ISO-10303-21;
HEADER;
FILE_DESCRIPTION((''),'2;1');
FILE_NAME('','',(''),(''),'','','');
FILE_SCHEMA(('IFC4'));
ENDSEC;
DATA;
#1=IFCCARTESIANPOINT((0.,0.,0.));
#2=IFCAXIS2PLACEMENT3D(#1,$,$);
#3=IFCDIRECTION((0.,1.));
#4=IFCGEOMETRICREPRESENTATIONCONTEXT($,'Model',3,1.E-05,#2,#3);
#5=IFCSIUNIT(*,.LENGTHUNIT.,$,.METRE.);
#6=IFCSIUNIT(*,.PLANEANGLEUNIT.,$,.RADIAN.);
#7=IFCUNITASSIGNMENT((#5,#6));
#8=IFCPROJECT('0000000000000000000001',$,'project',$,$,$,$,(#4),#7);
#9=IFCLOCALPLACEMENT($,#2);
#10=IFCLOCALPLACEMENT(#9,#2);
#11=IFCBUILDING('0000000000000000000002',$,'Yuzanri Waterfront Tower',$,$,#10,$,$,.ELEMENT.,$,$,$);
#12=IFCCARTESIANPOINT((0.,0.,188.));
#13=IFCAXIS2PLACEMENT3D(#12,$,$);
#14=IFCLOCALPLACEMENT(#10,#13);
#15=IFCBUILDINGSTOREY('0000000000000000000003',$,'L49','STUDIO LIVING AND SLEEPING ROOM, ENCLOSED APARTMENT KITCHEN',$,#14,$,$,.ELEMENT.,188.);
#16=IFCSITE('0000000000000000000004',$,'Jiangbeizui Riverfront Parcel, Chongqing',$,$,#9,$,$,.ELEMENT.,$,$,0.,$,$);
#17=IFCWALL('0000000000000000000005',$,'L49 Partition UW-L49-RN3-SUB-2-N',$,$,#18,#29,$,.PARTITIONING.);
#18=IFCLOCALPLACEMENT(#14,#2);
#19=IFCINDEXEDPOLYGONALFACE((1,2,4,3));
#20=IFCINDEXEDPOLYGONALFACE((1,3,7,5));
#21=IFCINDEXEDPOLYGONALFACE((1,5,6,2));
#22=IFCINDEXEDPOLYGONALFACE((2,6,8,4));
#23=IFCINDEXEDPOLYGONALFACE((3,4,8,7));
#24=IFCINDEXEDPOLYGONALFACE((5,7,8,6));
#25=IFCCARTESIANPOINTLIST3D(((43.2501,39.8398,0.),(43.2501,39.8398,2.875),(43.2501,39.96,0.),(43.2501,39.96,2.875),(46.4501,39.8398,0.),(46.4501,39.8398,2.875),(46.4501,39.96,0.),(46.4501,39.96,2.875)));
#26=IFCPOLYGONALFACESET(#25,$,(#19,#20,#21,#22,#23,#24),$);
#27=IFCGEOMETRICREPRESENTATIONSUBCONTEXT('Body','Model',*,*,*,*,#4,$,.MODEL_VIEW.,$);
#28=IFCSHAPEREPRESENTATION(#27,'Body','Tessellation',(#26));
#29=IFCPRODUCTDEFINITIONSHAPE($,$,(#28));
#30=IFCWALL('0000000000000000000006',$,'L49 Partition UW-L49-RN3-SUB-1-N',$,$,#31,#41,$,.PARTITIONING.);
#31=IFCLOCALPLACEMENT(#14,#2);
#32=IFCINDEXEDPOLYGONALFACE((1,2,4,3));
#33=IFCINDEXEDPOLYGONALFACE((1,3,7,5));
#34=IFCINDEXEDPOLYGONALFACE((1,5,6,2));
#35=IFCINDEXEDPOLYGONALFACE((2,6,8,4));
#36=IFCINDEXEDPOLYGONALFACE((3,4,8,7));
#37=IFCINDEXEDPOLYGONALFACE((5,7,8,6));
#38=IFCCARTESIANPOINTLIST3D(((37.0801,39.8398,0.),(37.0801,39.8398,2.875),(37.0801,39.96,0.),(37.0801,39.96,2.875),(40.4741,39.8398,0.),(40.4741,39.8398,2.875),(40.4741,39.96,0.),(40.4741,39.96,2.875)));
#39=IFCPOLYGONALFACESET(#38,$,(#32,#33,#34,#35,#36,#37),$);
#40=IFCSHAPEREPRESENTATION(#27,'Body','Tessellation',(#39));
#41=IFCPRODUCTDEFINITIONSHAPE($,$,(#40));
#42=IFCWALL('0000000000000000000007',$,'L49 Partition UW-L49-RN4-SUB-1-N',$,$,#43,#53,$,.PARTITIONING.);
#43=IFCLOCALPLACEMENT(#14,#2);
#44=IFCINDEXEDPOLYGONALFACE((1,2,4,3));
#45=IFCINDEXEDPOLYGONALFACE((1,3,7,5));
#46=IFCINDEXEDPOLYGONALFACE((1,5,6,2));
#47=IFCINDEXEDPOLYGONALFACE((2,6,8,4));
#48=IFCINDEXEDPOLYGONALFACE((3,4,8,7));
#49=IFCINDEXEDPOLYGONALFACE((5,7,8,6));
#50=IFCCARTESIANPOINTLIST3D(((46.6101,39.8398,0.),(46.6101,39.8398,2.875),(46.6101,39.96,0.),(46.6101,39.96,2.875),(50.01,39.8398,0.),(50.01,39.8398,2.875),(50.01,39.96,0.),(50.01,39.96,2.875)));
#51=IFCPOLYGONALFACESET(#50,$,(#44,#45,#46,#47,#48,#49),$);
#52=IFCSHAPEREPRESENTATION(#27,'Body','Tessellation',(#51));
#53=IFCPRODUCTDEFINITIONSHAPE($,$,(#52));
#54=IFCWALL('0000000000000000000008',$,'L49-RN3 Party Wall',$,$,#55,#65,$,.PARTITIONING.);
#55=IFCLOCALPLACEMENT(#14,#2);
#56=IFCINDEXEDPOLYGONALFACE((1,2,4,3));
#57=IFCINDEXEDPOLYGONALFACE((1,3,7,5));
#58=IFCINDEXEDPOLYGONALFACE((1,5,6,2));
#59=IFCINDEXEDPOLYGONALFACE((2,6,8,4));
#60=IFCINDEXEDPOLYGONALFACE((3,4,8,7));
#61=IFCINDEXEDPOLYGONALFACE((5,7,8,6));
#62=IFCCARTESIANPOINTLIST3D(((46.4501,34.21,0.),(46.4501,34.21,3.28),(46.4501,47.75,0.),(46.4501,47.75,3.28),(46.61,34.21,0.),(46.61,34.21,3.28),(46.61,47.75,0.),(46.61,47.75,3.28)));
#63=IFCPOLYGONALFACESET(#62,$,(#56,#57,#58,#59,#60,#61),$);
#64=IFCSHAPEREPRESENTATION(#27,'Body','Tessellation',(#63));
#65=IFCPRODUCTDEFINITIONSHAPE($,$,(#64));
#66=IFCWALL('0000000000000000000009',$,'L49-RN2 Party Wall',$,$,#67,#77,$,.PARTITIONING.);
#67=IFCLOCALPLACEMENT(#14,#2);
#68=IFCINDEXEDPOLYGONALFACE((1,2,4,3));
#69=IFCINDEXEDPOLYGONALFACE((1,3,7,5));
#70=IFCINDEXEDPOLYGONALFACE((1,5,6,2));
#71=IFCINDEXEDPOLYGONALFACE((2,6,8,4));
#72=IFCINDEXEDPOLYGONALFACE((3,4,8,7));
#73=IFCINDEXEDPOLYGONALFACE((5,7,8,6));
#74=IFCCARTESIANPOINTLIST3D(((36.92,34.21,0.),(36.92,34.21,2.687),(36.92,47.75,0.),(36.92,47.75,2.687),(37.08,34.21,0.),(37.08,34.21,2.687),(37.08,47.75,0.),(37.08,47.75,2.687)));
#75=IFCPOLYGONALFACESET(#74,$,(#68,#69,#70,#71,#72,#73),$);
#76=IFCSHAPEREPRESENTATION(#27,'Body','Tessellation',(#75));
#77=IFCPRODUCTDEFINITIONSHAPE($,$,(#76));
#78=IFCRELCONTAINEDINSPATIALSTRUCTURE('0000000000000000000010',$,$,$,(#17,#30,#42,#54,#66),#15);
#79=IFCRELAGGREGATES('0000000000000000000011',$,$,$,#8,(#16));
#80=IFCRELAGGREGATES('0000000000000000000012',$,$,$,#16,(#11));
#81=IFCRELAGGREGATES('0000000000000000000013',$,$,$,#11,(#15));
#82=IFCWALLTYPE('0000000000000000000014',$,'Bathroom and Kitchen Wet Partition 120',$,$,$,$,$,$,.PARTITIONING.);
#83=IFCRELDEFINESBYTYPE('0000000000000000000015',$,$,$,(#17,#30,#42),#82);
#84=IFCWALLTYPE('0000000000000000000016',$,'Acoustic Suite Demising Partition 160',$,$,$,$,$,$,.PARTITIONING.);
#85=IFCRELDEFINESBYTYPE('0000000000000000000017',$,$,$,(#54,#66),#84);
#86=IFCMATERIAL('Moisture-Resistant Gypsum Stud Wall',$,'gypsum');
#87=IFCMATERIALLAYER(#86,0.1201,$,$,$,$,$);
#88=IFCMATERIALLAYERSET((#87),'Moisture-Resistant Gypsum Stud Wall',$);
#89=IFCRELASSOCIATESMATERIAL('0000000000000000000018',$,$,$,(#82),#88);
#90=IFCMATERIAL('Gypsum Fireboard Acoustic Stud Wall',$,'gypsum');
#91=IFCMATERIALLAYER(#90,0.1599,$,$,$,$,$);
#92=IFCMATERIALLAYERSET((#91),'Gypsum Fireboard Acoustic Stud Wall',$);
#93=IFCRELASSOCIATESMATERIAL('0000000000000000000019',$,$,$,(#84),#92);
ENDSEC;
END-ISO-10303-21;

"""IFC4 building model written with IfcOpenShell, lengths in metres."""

from ifc_helpers import new_model, si_unit, direction, frame, frame_2d, origin, place, context, subcontext, project, spatial, rectangle, extrude, source, transform, mapped, material, layer, layer_set, type_object, element, save


model = new_model("IFC4")

# Units and contexts
model_context = context("Model", 3, precision=1e-05, world=origin(), true_north=direction((0.0, 1.0)))
body_context = subcontext(model_context, "Body", "Model", "MODEL_VIEW")
ifc_project = project(units=[si_unit("LENGTHUNIT", "METRE"), si_unit("PLANEANGLEUNIT", "RADIAN")], contexts=[model_context])

# Site, building, storey
site_placement = place(None, origin())
site = spatial("IfcSite", under=ifc_project, at=site_placement, Name="Jiangbeizui Riverfront Parcel, Chongqing", CompositionType="ELEMENT", RefElevation=0.0)
building_placement = place(site_placement, origin())
building = spatial("IfcBuilding", under=site, at=building_placement, Name="Yuzanri Waterfront Tower", CompositionType="ELEMENT")
storey_placement = place(building_placement, frame((0.0, 0.0, 188.0)))
storey = spatial("IfcBuildingStorey", under=building, at=storey_placement, Name="L49", Description="STUDIO LIVING AND SLEEPING ROOM, ENCLOSED APARTMENT KITCHEN", CompositionType="ELEMENT", Elevation=188.0)

# Shared definitions
ifc_material_1 = material(Name="Moisture-Resistant Gypsum Stud Wall", Category="gypsum")
ifc_layer_1 = layer(ifc_material_1, 0.1201)
ifc_layer_set_1 = layer_set([ifc_layer_1], Name="Moisture-Resistant Gypsum Stud Wall")
wall_type_1 = type_object("IfcWallType", Name="Bathroom and Kitchen Wet Partition 120", PredefinedType="PARTITIONING", material=ifc_layer_set_1)

# Walls
shared_shape_1 = source(origin(), body_context, "Body", "SweptSolid", [
    extrude(rectangle(XDim=3.2, YDim=0.1201, at=frame_2d((1.6001, 0.0))), origin(), (0.0, 0.0, 1.0), 2.875),
])
wall_1_placement = place(storey_placement, frame((43.25, 39.8999, 0.0), z_axis=(0.0, 0.0, 1.0), x_axis=(1.0, 0.0, 0.0)))
element("IfcWall", 1, at=wall_1_placement, inside=storey, type_object=wall_type_1, Name="L49 Partition UW-L49-RN3-SUB-2-N", PredefinedType="PARTITIONING", context=body_context, shape_type="MappedRepresentation", body=[
    mapped(shared_shape_1, transform((0.0, 0.0, 0.0), scale=1.0)),
])
shared_shape_2 = source(origin(), body_context, "Body", "SweptSolid", [
    extrude(rectangle(XDim=3.394, YDim=0.1201, at=frame_2d((1.697, 0.0))), origin(), (0.0, 0.0, 1.0), 2.875),
])
wall_2_placement = place(storey_placement, frame((37.0801, 39.8999, 0.0), z_axis=(0.0, 0.0, 1.0), x_axis=(1.0, 0.0, 0.0)))
element("IfcWall", 2, at=wall_2_placement, inside=storey, type_object=wall_type_1, Name="L49 Partition UW-L49-RN3-SUB-1-N", PredefinedType="PARTITIONING", context=body_context, shape_type="MappedRepresentation", body=[
    mapped(shared_shape_2, transform((0.0, 0.0, 0.0), scale=1.0)),
])
shared_shape_3 = source(origin(), body_context, "Body", "SweptSolid", [
    extrude(rectangle(XDim=3.3999, YDim=0.1201, at=frame_2d((1.7, 0.0))), origin(), (0.0, 0.0, 1.0), 2.875),
])
wall_3_placement = place(storey_placement, frame((46.6101, 39.8999, 0.0), z_axis=(0.0, 0.0, 1.0), x_axis=(1.0, 0.0, 0.0)))
element("IfcWall", 3, at=wall_3_placement, inside=storey, type_object=wall_type_1, Name="L49 Partition UW-L49-RN4-SUB-1-N", PredefinedType="PARTITIONING", context=body_context, shape_type="MappedRepresentation", body=[
    mapped(shared_shape_3, transform((0.0, 0.0, 0.0), scale=1.0)),
])
ifc_material_2 = material(Name="Gypsum Fireboard Acoustic Stud Wall", Category="gypsum")
ifc_layer_2 = layer(ifc_material_2, 0.1599)
ifc_layer_set_2 = layer_set([ifc_layer_2], Name="Gypsum Fireboard Acoustic Stud Wall")
wall_type_2 = type_object("IfcWallType", Name="Acoustic Suite Demising Partition 160", PredefinedType="PARTITIONING", material=ifc_layer_set_2)
shared_shape_4 = source(origin(), body_context, "Body", "SweptSolid", [
    extrude(rectangle(XDim=13.54, YDim=0.1599, at=frame_2d((6.77, 0.0))), origin(), (0.0, 0.0, 1.0), 3.28),
])
wall_4_placement = place(storey_placement, frame((46.53, 34.21, 0.0), z_axis=(0.0, 0.0, 1.0), x_axis=(0.0, 1.0, 0.0)))
element("IfcWall", 4, at=wall_4_placement, inside=storey, type_object=wall_type_2, Name="L49-RN3 Party Wall", PredefinedType="PARTITIONING", context=body_context, shape_type="MappedRepresentation", body=[
    mapped(shared_shape_4, transform((0.0, 0.0, 0.0), scale=1.0)),
])
shared_shape_5 = source(origin(), body_context, "Body", "SweptSolid", [
    extrude(rectangle(XDim=13.54, YDim=0.1599, at=frame_2d((6.77, 0.0))), origin(), (0.0, 0.0, 1.0), 2.687),
])
wall_5_placement = place(storey_placement, frame((37.0, 34.21, 0.0), z_axis=(0.0, 0.0, 1.0), x_axis=(0.0, 1.0, 0.0)))
element("IfcWall", 5, at=wall_5_placement, inside=storey, type_object=wall_type_2, Name="L49-RN2 Party Wall", PredefinedType="PARTITIONING", context=body_context, shape_type="MappedRepresentation", body=[
    mapped(shared_shape_5, transform((0.0, 0.0, 0.0), scale=1.0)),
])

save(model, "model.ifc")
